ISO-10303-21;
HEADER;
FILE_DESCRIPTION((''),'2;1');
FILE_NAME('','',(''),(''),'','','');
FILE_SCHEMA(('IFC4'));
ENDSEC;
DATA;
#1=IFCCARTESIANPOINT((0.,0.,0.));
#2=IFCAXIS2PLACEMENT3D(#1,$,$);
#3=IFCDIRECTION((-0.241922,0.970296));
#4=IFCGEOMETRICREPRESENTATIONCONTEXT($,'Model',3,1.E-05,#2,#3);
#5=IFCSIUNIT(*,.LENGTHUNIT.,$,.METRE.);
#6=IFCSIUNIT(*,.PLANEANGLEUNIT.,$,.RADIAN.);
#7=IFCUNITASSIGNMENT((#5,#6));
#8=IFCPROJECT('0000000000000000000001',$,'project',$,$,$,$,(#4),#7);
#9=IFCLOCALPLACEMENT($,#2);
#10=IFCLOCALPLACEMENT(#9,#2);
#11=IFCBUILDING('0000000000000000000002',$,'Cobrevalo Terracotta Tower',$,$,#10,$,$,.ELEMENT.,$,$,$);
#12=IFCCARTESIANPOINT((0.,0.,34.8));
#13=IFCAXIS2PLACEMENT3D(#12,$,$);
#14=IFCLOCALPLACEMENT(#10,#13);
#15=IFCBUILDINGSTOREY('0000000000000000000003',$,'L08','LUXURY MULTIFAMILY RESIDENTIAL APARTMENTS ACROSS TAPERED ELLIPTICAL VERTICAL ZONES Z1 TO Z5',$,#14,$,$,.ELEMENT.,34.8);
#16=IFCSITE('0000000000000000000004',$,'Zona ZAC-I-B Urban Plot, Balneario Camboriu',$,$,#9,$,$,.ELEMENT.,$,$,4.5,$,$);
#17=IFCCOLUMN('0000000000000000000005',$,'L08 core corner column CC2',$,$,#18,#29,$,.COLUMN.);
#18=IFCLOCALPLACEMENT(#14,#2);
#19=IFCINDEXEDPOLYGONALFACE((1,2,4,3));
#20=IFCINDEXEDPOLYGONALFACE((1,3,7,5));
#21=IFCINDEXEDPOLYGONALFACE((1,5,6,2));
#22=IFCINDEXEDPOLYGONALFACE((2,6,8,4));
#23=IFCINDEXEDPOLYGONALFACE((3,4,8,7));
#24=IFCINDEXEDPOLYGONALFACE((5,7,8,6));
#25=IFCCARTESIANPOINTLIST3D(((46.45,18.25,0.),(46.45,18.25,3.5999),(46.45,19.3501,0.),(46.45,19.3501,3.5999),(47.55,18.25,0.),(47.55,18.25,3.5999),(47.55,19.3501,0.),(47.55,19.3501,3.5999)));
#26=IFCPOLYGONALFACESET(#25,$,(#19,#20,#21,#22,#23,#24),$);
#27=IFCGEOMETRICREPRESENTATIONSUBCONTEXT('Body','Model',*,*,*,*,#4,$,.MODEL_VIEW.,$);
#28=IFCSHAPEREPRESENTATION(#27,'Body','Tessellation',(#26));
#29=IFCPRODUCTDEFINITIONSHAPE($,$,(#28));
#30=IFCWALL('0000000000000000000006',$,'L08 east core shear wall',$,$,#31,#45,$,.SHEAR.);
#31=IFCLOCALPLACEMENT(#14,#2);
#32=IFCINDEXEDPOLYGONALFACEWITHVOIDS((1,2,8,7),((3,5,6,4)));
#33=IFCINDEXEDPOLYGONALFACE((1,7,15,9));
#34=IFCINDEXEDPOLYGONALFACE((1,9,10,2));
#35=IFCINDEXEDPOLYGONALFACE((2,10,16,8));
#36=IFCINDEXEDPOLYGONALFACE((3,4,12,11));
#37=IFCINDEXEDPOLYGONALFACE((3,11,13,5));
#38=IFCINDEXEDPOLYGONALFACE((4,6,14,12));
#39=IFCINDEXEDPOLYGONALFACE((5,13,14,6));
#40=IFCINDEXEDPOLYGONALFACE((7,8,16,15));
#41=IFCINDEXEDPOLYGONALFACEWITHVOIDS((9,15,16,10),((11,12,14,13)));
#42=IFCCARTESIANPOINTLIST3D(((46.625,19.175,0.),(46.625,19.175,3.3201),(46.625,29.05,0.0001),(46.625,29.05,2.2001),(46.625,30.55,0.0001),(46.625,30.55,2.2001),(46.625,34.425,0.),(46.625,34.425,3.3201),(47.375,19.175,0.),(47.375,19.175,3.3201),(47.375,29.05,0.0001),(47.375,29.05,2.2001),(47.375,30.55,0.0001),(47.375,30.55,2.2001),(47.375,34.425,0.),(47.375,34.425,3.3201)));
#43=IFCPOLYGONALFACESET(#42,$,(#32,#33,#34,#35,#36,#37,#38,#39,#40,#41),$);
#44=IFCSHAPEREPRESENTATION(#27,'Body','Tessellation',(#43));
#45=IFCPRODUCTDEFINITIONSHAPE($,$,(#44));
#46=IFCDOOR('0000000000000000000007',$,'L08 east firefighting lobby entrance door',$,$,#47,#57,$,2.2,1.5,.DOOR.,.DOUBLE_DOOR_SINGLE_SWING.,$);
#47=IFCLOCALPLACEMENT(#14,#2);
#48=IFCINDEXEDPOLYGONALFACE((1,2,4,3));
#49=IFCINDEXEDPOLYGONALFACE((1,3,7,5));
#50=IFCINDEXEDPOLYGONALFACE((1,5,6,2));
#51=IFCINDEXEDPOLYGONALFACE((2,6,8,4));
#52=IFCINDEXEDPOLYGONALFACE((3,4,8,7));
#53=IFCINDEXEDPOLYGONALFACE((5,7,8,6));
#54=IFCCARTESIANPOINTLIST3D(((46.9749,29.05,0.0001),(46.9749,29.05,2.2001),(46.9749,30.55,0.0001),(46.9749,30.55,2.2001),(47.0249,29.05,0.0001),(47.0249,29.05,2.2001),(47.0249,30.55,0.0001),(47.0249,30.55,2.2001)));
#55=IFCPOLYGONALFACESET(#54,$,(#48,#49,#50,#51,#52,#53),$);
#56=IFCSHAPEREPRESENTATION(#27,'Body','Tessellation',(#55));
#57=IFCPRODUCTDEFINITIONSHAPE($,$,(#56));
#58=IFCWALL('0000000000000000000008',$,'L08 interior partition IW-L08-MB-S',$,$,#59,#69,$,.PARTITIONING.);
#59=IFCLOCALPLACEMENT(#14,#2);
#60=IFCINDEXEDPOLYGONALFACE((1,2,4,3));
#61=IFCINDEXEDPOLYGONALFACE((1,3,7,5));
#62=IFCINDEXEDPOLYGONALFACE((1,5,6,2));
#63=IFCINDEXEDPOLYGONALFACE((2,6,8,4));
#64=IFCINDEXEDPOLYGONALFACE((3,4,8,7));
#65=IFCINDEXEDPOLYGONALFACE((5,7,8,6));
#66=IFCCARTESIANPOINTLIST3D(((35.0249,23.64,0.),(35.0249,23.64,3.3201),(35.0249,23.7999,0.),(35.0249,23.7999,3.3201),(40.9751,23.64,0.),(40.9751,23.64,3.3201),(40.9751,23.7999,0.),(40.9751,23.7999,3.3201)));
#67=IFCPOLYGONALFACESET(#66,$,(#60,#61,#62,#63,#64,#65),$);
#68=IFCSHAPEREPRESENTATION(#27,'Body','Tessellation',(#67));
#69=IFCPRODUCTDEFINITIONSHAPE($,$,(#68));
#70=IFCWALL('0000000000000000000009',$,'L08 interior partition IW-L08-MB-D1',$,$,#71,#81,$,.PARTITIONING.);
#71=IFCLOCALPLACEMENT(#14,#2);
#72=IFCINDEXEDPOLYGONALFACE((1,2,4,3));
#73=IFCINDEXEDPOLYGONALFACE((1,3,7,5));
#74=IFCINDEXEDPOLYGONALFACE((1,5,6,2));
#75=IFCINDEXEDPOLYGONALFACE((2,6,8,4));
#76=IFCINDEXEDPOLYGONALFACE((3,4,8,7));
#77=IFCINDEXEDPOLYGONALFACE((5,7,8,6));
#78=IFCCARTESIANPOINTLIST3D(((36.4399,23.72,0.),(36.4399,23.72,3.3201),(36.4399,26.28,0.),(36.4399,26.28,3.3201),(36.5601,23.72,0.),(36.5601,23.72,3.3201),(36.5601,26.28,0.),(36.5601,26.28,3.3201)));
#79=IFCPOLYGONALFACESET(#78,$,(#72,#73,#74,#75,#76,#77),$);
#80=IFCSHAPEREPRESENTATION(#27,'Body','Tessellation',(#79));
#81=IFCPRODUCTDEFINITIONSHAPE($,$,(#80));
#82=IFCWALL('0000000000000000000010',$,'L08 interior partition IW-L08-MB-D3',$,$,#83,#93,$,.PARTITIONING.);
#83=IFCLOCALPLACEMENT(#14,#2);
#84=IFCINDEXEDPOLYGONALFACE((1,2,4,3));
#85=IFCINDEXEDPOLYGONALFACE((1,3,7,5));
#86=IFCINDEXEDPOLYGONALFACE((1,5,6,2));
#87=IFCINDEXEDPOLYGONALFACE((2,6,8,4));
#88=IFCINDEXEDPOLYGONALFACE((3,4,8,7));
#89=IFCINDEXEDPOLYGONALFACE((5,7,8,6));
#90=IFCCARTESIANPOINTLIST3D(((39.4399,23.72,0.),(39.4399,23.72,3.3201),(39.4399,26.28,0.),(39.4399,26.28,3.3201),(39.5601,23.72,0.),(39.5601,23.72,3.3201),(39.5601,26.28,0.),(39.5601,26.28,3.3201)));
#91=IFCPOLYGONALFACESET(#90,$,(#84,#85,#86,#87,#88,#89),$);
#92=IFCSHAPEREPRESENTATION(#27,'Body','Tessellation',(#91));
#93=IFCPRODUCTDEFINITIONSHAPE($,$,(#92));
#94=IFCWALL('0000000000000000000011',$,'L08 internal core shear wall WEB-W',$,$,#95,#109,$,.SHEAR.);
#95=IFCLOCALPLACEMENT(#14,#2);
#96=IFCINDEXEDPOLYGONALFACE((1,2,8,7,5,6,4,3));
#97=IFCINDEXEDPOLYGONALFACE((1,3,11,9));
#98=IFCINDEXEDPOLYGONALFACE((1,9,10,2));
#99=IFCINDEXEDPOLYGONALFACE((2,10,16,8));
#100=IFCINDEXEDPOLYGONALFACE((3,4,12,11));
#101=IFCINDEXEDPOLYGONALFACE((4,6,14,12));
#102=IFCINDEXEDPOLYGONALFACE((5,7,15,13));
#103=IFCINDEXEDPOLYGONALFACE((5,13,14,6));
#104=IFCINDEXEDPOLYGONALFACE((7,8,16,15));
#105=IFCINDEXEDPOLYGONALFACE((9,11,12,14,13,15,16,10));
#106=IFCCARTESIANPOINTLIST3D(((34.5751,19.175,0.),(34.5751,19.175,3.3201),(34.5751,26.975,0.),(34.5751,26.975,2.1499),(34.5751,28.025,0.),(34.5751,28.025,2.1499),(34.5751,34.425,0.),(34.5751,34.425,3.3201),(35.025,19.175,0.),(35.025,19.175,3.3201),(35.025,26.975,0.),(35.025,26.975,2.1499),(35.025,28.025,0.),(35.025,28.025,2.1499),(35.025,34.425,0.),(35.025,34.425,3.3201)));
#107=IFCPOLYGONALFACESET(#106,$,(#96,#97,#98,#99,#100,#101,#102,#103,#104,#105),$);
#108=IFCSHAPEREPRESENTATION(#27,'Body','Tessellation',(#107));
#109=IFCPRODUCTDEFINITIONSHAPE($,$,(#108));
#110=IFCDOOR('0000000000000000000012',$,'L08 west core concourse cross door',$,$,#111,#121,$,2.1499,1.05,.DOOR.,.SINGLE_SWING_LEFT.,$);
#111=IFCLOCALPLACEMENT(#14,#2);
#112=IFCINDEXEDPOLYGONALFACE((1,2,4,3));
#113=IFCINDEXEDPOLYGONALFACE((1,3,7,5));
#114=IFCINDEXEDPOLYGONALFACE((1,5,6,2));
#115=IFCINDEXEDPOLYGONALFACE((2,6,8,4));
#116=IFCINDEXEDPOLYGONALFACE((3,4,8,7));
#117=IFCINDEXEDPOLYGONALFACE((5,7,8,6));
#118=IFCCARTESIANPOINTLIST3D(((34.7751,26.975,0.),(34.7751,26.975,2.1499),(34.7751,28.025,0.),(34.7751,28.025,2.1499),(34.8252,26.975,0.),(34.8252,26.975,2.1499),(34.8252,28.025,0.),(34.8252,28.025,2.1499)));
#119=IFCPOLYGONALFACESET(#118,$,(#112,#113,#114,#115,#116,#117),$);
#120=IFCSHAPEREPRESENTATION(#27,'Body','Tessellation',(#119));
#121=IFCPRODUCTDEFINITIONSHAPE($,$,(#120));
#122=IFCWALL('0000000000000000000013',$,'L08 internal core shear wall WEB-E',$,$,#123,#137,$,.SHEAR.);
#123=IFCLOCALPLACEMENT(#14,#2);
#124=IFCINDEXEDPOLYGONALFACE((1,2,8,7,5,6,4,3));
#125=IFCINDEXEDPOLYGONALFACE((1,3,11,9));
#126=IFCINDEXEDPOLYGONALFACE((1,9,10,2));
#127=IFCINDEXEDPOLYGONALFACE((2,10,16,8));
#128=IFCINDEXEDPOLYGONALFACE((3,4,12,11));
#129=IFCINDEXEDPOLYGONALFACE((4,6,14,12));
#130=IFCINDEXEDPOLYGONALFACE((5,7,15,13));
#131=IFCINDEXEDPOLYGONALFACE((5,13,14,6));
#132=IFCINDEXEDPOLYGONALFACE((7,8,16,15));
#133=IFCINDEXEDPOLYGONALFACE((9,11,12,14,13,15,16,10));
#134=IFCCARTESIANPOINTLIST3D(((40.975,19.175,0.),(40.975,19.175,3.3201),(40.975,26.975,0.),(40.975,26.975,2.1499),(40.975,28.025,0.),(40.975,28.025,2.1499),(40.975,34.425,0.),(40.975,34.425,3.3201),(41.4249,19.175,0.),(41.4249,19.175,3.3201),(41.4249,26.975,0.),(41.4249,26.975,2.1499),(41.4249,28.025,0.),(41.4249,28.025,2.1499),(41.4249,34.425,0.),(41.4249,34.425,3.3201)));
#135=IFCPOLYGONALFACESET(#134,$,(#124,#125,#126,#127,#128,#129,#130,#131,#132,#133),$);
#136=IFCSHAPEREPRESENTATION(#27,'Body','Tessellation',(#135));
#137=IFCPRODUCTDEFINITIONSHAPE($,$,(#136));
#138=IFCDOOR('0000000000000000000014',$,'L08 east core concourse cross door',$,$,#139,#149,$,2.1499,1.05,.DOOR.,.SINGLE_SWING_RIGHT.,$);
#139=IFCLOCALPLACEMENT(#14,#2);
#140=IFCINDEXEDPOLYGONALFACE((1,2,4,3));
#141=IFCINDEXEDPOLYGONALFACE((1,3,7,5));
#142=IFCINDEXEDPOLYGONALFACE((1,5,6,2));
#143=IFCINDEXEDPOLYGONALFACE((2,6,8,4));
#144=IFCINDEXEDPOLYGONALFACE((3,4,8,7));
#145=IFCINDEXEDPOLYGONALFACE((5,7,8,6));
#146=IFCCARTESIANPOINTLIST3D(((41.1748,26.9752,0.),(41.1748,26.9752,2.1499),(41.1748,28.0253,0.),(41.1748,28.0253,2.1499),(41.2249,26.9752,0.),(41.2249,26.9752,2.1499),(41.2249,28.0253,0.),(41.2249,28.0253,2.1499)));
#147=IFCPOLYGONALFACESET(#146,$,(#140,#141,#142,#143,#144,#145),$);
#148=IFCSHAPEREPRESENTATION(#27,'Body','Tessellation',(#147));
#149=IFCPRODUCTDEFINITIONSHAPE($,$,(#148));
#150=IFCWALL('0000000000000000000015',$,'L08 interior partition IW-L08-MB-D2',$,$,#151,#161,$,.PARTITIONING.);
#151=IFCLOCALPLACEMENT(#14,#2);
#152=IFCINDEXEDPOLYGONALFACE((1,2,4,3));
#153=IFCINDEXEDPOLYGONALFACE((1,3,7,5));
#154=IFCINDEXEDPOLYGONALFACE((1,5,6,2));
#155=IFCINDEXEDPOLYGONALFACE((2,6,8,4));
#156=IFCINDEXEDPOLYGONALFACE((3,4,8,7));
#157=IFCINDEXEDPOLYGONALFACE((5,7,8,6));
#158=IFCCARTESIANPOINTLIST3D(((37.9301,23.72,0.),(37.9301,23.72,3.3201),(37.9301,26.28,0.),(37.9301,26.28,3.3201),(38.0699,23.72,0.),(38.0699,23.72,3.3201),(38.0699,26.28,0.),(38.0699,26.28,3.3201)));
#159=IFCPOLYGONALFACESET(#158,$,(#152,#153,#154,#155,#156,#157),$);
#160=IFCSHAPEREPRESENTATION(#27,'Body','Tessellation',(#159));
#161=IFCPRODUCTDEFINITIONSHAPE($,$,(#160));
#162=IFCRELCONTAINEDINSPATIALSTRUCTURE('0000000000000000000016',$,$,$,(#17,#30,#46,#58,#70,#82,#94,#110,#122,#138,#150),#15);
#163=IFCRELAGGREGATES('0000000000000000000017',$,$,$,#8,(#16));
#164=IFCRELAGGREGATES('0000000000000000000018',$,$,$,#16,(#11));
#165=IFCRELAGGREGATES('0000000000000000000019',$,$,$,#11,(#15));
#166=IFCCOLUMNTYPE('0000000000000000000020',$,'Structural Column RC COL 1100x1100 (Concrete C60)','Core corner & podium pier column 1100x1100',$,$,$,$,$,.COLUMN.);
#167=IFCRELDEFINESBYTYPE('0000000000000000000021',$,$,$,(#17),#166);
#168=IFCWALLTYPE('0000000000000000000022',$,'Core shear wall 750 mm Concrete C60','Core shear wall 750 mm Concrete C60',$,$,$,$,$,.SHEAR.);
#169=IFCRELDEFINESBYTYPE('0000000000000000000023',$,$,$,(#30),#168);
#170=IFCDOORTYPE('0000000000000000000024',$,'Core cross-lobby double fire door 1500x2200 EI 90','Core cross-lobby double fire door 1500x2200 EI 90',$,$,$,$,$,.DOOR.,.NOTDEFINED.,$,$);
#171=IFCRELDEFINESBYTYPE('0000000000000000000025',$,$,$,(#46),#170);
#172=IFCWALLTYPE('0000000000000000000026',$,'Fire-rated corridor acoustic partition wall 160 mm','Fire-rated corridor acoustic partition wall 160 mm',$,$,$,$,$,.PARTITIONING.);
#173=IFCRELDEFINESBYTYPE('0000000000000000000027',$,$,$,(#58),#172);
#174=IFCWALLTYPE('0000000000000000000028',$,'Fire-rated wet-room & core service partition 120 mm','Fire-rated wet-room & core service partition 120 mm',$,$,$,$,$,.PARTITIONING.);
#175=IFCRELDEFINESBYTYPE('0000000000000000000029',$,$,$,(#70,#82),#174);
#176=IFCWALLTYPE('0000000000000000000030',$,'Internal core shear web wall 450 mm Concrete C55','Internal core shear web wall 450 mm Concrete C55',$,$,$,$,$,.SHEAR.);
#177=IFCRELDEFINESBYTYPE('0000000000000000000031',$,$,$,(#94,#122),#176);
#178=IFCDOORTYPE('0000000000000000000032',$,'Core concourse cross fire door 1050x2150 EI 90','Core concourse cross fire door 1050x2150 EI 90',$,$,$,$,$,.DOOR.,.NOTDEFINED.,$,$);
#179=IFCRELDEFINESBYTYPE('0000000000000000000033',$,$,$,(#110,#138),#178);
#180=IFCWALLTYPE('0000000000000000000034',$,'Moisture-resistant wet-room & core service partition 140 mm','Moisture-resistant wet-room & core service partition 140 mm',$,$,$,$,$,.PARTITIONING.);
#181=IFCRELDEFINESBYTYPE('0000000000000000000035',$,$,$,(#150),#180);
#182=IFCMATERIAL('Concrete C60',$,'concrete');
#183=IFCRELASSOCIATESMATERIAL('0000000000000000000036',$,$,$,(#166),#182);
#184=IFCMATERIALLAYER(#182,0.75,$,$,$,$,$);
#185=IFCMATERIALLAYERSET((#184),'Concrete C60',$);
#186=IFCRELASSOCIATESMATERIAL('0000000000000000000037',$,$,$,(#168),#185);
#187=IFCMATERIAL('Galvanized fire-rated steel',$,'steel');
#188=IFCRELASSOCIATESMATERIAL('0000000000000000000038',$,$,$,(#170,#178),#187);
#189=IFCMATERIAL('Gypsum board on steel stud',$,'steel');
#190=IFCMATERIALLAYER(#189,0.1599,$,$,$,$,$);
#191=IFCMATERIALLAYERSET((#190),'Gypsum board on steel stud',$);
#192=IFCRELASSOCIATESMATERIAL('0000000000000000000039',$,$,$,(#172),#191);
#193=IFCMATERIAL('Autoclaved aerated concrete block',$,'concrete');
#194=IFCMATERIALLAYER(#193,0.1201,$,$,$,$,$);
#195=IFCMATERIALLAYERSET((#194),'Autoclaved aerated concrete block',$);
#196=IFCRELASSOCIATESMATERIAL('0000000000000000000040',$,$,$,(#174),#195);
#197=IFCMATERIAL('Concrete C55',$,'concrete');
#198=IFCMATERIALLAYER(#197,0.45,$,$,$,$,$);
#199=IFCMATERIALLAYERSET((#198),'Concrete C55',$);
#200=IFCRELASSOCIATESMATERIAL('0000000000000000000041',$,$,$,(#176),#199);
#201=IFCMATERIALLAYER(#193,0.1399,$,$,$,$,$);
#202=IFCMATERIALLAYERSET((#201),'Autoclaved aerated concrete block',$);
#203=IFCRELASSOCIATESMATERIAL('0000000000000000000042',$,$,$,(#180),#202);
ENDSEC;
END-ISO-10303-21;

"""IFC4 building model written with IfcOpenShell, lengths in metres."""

from ifc_helpers import new_model, si_unit, direction, frame, frame_2d, origin, origin_2d, place, context, subcontext, project, spatial, rectangle, extrude, source, transform, mapped, material, layer, layer_set, material_profile, profile_set, type_object, element, fill, save


model = new_model("IFC4")

# Units and contexts
model_context = context("Model", 3, precision=1e-05, world=origin(), true_north=direction((-0.241922, 0.970296)))
body_context = subcontext(model_context, "Body", "Model", "MODEL_VIEW")
ifc_project = project(units=[si_unit("LENGTHUNIT", "METRE"), si_unit("PLANEANGLEUNIT", "RADIAN")], contexts=[model_context])

# Site, building, storey
site_placement = place(None, origin())
site = spatial("IfcSite", under=ifc_project, at=site_placement, Name="Zona ZAC-I-B Urban Plot, Balneario Camboriu", CompositionType="ELEMENT", RefElevation=4.5)
building_placement = place(site_placement, origin())
building = spatial("IfcBuilding", under=site, at=building_placement, Name="Cobrevalo Terracotta Tower", CompositionType="ELEMENT")
storey_placement = place(building_placement, frame((0.0, 0.0, 34.8)))
storey = spatial("IfcBuildingStorey", under=building, at=storey_placement, Name="L08", Description="LUXURY MULTIFAMILY RESIDENTIAL APARTMENTS ACROSS TAPERED ELLIPTICAL VERTICAL ZONES Z1 TO Z5", CompositionType="ELEMENT", Elevation=34.8)

# Column
ifc_material_1 = material(Name="Concrete C60", Category="concrete")
ifc_material_profile = material_profile(ifc_material_1, rectangle(XDim=1.1001, YDim=1.1001, at=origin_2d()), Name="RC COL 1100x1100")
ifc_profile_set = profile_set([ifc_material_profile], Name="Concrete C60")
column_type = type_object("IfcColumnType", Name="Structural Column RC COL 1100x1100 (Concrete C60)", Description="Core corner & podium pier column 1100x1100", PredefinedType="COLUMN", material=ifc_profile_set)
column_placement = place(storey_placement, frame((47.0, 18.8, 0.0), z_axis=(0.0, 0.0, 1.0), x_axis=(1.0, 0.0, 0.0)))
element("IfcColumn", 1, at=column_placement, inside=storey, type_object=column_type, Name="L08 core corner column CC2", PredefinedType="COLUMN", context=body_context, shape_type="SweptSolid", body=[
    extrude(rectangle(XDim=1.1001, YDim=1.1001, at=origin_2d()), origin(), (0.0, 0.0, 1.0), 3.5999),
])

# Wall, opening, door
ifc_layer_1 = layer(ifc_material_1, 0.75)
ifc_layer_set_1 = layer_set([ifc_layer_1], Name="Concrete C60")
wall_type_1 = type_object("IfcWallType", Name="Core shear wall 750 mm Concrete C60", Description="Core shear wall 750 mm Concrete C60", PredefinedType="SHEAR", material=ifc_layer_set_1)
wall_1_placement = place(storey_placement, frame((47.0, 19.175, 0.0), z_axis=(0.0, 0.0, 1.0), x_axis=(0.0, 1.0, 0.0)))
wall_1 = element("IfcWall", 2, at=wall_1_placement, inside=storey, type_object=wall_type_1, Name="L08 east core shear wall", PredefinedType="SHEAR", context=body_context, shape_type="SweptSolid", body=[
    extrude(rectangle(XDim=15.25, YDim=0.75, at=frame_2d((7.625, 0.0))), origin(), (0.0, 0.0, 1.0), 3.3201),
])
opening_1_placement = place(wall_1_placement, frame((9.875, 0.0, 0.0)))
opening_1 = element("IfcOpeningElement", 3, at=opening_1_placement, cuts=wall_1, PredefinedType="OPENING", context=body_context, shape_type="SweptSolid", body=[
    extrude(rectangle(XDim=1.5, YDim=2.2, at=frame_2d((0.75, 1.1001))), frame((0.0, 0.385, 0.0), z_axis=(0.0, -1.0, 0.0), x_axis=(1.0, 0.0, 0.0)), (0.0, 0.0, 1.0), 0.77),
])
ifc_material_2 = material(Name="Galvanized fire-rated steel", Category="steel")
door_type_1 = type_object("IfcDoorType", Name="Core cross-lobby double fire door 1500x2200 EI 90", Description="Core cross-lobby double fire door 1500x2200 EI 90", OperationType="NOTDEFINED", PredefinedType="DOOR", material=ifc_material_2)
shared_shape_1 = source(origin(), body_context, "Body", "SweptSolid", [
    extrude(rectangle(XDim=1.5, YDim=2.2, at=frame_2d((0.75, 1.1001))), frame((0.0, 0.0249, 0.0), z_axis=(0.0, -1.0, 0.0), x_axis=(1.0, 0.0, 0.0)), (0.0, 0.0, 1.0), 0.05),
])
door_1_placement = place(opening_1_placement, frame((1.5, 0.0, 0.0), z_axis=(0.0, 0.0, 1.0), x_axis=(-1.0, 0.0, 0.0)))
door_1 = element("IfcDoor", 4, at=door_1_placement, inside=storey, type_object=door_type_1, Name="L08 east firefighting lobby entrance door", OperationType="DOUBLE_DOOR_SINGLE_SWING", OverallHeight=2.2, OverallWidth=1.5, PredefinedType="DOOR", context=body_context, shape_type="MappedRepresentation", body=[
    mapped(shared_shape_1, transform((0.0, 0.0, 0.0), scale=1.0)),
])
fill(opening_1, door_1)

# Walls
ifc_material_3 = material(Name="Gypsum board on steel stud", Category="steel")
ifc_layer_2 = layer(ifc_material_3, 0.1599)
ifc_layer_set_2 = layer_set([ifc_layer_2], Name="Gypsum board on steel stud")
wall_type_2 = type_object("IfcWallType", Name="Fire-rated corridor acoustic partition wall 160 mm", Description="Fire-rated corridor acoustic partition wall 160 mm", PredefinedType="PARTITIONING", material=ifc_layer_set_2)
wall_2_placement = place(storey_placement, frame((35.0249, 23.72, 0.0), z_axis=(0.0, 0.0, 1.0), x_axis=(1.0, 0.0, 0.0)))
element("IfcWall", 5, at=wall_2_placement, inside=storey, type_object=wall_type_2, Name="L08 interior partition IW-L08-MB-S", PredefinedType="PARTITIONING", context=body_context, shape_type="SweptSolid", body=[
    extrude(rectangle(XDim=5.9502, YDim=0.1599, at=frame_2d((2.9751, 0.0))), origin(), (0.0, 0.0, 1.0), 3.3201),
])
ifc_material_4 = material(Name="Autoclaved aerated concrete block", Category="concrete")
ifc_layer_3 = layer(ifc_material_4, 0.1201)
ifc_layer_set_3 = layer_set([ifc_layer_3], Name="Autoclaved aerated concrete block")
wall_type_3 = type_object("IfcWallType", Name="Fire-rated wet-room & core service partition 120 mm", Description="Fire-rated wet-room & core service partition 120 mm", PredefinedType="PARTITIONING", material=ifc_layer_set_3)
for number, where, z_axis, x_axis, name in (
    (6, (36.5, 23.72, 0.0), (0.0, 0.0, 1.0), (0.0, 1.0, 0.0), "L08 interior partition IW-L08-MB-D1"),
    (7, (39.5, 23.72, 0.0), (0.0, 0.0, 1.0), (0.0, 1.0, 0.0), "L08 interior partition IW-L08-MB-D3"),
):
    element("IfcWall", number, at=place(storey_placement, frame(where, z_axis=z_axis, x_axis=x_axis)), inside=storey, type_object=wall_type_3, Name=name, PredefinedType="PARTITIONING", context=body_context, shape_type="SweptSolid", body=[
        extrude(rectangle(XDim=2.5601, YDim=0.1201, at=frame_2d((1.28, 0.0))), origin(), (0.0, 0.0, 1.0), 3.3201),
    ])

# Walls, openings, doors
ifc_material_5 = material(Name="Concrete C55", Category="concrete")
ifc_layer_4 = layer(ifc_material_5, 0.45)
ifc_layer_set_4 = layer_set([ifc_layer_4], Name="Concrete C55")
wall_type_4 = type_object("IfcWallType", Name="Internal core shear web wall 450 mm Concrete C55", Description="Internal core shear web wall 450 mm Concrete C55", PredefinedType="SHEAR", material=ifc_layer_set_4)
wall_3_placement = place(storey_placement, frame((34.8, 19.175, 0.0), z_axis=(0.0, 0.0, 1.0), x_axis=(0.0, 1.0, 0.0)))
wall_3 = element("IfcWall", 8, at=wall_3_placement, inside=storey, type_object=wall_type_4, Name="L08 internal core shear wall WEB-W", PredefinedType="SHEAR", context=body_context, shape_type="SweptSolid", body=[
    extrude(rectangle(XDim=15.25, YDim=0.45, at=frame_2d((7.625, 0.0))), origin(), (0.0, 0.0, 1.0), 3.3201),
])
opening_2_placement = place(wall_3_placement, frame((7.8, 0.0, 0.0)))
opening_2 = element("IfcOpeningElement", 9, at=opening_2_placement, cuts=wall_3, PredefinedType="OPENING", context=body_context, shape_type="SweptSolid", body=[
    extrude(rectangle(XDim=1.05, YDim=2.1499, at=frame_2d((0.5249, 1.075))), frame((0.0, 0.2349, 0.0), z_axis=(0.0, -1.0, 0.0), x_axis=(1.0, 0.0, 0.0)), (0.0, 0.0, 1.0), 0.47),
])
door_type_2 = type_object("IfcDoorType", Name="Core concourse cross fire door 1050x2150 EI 90", Description="Core concourse cross fire door 1050x2150 EI 90", OperationType="NOTDEFINED", PredefinedType="DOOR", material=ifc_material_2)
shared_shape_2 = source(origin(), body_context, "Body", "SweptSolid", [
    extrude(rectangle(XDim=1.05, YDim=2.1499, at=frame_2d((0.5249, 1.075))), frame((0.0, 0.0249, 0.0), z_axis=(0.0, -1.0, 0.0), x_axis=(1.0, 0.0, 0.0)), (0.0, 0.0, 1.0), 0.05),
])
door_2_placement = place(opening_2_placement, origin())
door_2 = element("IfcDoor", 10, at=door_2_placement, inside=storey, type_object=door_type_2, Name="L08 west core concourse cross door", OperationType="SINGLE_SWING_LEFT", OverallHeight=2.1499, OverallWidth=1.05, PredefinedType="DOOR", context=body_context, shape_type="MappedRepresentation", body=[
    mapped(shared_shape_2, transform((0.0, 0.0, 0.0), scale=1.0)),
])
fill(opening_2, door_2)
wall_4_placement = place(storey_placement, frame((41.2, 19.175, 0.0), z_axis=(0.0, 0.0, 1.0), x_axis=(0.0, 1.0, 0.0)))
wall_4 = element("IfcWall", 11, at=wall_4_placement, inside=storey, type_object=wall_type_4, Name="L08 internal core shear wall WEB-E", PredefinedType="SHEAR", context=body_context, shape_type="SweptSolid", body=[
    extrude(rectangle(XDim=15.25, YDim=0.45, at=frame_2d((7.625, 0.0))), origin(), (0.0, 0.0, 1.0), 3.3201),
])
opening_3_placement = place(wall_4_placement, frame((7.8, 0.0, 0.0)))
opening_3 = element("IfcOpeningElement", 12, at=opening_3_placement, cuts=wall_4, PredefinedType="OPENING", context=body_context, shape_type="SweptSolid", body=[
    extrude(rectangle(XDim=1.05, YDim=2.1499, at=frame_2d((0.5249, 1.075))), frame((0.0, 0.2349, 0.0), z_axis=(0.0, -1.0, 0.0), x_axis=(1.0, 0.0, 0.0)), (0.0, 0.0, 1.0), 0.47),
])
door_3_placement = place(opening_3_placement, frame((1.05, 0.0, 0.0), z_axis=(0.0, 0.0, 1.0), x_axis=(-1.0, 0.0, 0.0)))
door_3 = element("IfcDoor", 13, at=door_3_placement, inside=storey, type_object=door_type_2, Name="L08 east core concourse cross door", OperationType="SINGLE_SWING_RIGHT", OverallHeight=2.1499, OverallWidth=1.05, PredefinedType="DOOR", context=body_context, shape_type="MappedRepresentation", body=[
    mapped(shared_shape_2, transform((0.0, 0.0, 0.0), scale=1.0)),
])
fill(opening_3, door_3)

# Wall
ifc_layer_5 = layer(ifc_material_4, 0.1399)
ifc_layer_set_5 = layer_set([ifc_layer_5], Name="Autoclaved aerated concrete block")
wall_type_5 = type_object("IfcWallType", Name="Moisture-resistant wet-room & core service partition 140 mm", Description="Moisture-resistant wet-room & core service partition 140 mm", PredefinedType="PARTITIONING", material=ifc_layer_set_5)
wall_5_placement = place(storey_placement, frame((38.0, 23.72, 0.0), z_axis=(0.0, 0.0, 1.0), x_axis=(0.0, 1.0, 0.0)))
element("IfcWall", 14, at=wall_5_placement, inside=storey, type_object=wall_type_5, Name="L08 interior partition IW-L08-MB-D2", PredefinedType="PARTITIONING", context=body_context, shape_type="SweptSolid", body=[
    extrude(rectangle(XDim=2.5601, YDim=0.1399, at=frame_2d((1.28, 0.0))), origin(), (0.0, 0.0, 1.0), 3.3201),
])

save(model, "model.ifc")
